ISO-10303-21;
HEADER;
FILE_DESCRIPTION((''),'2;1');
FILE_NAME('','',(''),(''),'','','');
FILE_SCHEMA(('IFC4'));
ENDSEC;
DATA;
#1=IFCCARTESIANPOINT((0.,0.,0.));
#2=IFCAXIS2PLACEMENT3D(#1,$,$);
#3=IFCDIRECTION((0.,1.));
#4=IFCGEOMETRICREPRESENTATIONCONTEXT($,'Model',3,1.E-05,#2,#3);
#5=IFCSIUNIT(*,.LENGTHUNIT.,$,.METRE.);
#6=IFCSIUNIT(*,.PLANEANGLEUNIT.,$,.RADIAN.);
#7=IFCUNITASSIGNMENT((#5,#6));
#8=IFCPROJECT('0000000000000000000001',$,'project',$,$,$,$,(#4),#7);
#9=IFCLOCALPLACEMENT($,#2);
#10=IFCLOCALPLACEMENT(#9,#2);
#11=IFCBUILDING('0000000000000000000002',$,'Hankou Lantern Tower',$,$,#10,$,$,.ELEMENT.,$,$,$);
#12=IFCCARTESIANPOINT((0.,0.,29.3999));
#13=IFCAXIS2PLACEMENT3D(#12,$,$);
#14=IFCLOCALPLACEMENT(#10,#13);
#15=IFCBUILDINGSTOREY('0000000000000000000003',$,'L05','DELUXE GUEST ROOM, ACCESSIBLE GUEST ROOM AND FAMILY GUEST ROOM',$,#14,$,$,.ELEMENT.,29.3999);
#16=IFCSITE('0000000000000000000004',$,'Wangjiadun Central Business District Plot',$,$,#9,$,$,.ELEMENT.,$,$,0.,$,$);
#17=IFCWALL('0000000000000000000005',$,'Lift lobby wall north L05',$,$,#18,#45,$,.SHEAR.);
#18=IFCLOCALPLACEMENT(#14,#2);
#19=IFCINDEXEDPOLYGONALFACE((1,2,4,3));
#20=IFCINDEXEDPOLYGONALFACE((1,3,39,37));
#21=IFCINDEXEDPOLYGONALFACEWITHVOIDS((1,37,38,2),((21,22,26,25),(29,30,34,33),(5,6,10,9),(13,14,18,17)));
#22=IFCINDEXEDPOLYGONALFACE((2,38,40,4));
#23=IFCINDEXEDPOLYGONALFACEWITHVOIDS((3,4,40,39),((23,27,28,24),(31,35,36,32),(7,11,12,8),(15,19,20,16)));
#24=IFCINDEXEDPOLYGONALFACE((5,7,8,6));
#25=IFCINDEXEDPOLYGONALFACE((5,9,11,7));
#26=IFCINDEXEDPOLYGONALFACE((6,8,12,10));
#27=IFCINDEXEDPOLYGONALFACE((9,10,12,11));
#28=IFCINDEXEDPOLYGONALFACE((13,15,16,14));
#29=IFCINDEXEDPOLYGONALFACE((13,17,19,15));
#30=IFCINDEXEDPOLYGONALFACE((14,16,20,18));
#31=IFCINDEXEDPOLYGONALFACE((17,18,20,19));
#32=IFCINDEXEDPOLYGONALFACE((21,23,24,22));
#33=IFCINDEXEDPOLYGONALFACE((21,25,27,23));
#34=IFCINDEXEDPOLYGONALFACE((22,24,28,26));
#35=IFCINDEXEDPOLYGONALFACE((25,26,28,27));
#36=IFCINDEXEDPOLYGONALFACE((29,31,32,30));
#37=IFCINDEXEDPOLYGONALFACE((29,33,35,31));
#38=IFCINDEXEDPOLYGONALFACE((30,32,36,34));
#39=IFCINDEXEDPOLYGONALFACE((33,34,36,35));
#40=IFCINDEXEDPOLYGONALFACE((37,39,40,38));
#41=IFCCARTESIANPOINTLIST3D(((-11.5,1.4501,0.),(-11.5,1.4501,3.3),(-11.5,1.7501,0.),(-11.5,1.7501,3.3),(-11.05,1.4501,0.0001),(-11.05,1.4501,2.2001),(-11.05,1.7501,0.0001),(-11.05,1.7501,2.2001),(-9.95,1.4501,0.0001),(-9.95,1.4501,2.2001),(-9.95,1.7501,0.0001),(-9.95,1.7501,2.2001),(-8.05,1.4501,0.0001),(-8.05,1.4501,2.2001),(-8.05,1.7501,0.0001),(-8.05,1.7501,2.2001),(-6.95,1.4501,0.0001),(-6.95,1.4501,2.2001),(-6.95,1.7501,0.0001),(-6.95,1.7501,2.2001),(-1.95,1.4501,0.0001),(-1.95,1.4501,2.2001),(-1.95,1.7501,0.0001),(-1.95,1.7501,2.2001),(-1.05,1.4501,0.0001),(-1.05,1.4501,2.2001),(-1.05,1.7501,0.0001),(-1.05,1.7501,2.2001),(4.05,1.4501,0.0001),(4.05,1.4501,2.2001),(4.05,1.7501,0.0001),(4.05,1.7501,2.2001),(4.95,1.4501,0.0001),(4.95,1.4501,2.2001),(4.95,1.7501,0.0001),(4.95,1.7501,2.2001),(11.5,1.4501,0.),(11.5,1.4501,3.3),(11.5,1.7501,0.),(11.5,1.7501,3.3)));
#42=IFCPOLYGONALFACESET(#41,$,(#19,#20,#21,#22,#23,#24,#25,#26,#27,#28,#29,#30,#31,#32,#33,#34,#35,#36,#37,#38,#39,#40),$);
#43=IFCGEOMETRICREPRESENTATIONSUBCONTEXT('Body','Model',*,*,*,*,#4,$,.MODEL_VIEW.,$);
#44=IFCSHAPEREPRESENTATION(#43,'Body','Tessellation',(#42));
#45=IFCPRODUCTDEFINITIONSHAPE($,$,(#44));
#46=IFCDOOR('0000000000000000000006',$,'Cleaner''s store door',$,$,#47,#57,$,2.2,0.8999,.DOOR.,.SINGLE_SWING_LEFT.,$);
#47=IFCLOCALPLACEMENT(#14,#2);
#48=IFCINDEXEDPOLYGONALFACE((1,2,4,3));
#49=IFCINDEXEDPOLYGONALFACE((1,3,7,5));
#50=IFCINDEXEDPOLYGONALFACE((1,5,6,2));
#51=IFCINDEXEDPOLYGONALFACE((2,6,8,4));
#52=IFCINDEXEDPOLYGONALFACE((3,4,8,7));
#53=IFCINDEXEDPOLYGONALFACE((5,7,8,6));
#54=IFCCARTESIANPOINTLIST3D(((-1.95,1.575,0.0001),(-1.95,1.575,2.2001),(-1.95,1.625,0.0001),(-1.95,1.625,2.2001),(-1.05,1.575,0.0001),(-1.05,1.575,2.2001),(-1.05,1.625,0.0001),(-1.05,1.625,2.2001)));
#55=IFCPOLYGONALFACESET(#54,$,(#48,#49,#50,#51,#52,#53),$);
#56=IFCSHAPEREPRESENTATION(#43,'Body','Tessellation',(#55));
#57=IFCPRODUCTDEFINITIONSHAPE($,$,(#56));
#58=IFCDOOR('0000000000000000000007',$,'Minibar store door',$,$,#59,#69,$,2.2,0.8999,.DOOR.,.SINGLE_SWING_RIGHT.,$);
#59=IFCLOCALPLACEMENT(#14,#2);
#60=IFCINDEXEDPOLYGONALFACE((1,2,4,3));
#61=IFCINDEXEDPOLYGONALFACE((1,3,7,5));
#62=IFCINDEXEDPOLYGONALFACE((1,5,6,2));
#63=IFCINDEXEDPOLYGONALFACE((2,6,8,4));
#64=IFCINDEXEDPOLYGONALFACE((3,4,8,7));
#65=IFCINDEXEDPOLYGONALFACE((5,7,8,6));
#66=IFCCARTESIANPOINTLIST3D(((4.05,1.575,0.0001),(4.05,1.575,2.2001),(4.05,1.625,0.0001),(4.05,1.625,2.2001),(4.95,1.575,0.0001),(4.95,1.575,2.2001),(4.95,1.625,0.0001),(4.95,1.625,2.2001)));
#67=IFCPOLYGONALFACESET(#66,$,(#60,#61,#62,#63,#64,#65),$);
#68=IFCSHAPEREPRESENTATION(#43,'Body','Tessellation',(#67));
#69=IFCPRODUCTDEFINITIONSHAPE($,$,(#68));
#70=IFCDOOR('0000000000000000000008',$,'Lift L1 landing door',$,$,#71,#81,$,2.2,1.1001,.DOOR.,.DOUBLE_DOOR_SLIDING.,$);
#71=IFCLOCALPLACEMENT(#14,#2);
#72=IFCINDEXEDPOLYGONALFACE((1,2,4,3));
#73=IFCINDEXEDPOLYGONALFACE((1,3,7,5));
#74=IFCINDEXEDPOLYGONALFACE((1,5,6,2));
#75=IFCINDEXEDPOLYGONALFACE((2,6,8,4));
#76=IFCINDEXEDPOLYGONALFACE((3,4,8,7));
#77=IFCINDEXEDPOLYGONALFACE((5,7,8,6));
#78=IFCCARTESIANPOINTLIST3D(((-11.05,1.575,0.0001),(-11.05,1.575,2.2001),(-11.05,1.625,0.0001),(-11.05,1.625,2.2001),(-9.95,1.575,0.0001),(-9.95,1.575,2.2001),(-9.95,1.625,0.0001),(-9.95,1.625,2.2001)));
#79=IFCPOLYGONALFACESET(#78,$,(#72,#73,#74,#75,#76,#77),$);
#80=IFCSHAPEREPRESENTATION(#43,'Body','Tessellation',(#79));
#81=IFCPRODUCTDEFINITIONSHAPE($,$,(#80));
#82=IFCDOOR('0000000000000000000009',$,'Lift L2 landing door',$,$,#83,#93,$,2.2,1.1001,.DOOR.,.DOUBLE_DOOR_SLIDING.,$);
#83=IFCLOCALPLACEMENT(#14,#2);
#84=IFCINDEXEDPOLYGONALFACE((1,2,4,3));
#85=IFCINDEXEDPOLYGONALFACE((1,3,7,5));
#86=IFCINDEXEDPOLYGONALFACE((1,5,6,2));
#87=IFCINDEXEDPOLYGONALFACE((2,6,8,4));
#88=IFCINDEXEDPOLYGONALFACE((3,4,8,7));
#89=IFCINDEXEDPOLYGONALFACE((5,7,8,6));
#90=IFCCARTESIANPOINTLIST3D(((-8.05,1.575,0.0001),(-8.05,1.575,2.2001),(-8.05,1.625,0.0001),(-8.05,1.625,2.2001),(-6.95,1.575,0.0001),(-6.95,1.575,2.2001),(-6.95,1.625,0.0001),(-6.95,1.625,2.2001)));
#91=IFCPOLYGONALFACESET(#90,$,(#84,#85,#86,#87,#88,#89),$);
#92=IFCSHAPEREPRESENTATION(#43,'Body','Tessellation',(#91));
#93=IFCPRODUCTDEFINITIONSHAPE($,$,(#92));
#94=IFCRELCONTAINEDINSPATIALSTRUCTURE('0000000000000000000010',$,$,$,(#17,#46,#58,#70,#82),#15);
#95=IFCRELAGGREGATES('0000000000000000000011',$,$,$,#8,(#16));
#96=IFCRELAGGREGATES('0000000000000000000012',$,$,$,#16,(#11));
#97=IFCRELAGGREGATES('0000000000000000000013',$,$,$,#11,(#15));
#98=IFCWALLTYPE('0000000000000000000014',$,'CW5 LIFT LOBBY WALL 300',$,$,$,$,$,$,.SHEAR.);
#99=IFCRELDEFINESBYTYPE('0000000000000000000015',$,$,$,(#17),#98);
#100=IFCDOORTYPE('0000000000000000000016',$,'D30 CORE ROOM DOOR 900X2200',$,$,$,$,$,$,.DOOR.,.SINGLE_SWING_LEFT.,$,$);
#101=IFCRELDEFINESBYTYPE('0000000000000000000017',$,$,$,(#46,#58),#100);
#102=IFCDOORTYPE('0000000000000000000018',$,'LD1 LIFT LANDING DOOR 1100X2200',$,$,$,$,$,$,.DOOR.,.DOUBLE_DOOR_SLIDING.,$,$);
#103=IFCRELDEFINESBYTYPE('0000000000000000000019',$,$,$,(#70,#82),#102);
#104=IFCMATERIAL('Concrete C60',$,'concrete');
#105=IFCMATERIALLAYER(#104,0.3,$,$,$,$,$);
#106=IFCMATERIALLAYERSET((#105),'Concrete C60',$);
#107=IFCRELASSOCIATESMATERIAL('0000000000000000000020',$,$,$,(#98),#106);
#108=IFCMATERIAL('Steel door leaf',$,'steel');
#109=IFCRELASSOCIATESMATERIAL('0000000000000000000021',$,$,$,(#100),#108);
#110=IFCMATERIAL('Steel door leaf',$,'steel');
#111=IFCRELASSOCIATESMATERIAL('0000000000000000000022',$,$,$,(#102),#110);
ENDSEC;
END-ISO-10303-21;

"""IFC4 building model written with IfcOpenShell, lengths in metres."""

from ifc_helpers import new_model, si_unit, direction, frame, frame_2d, origin, place, context, subcontext, project, spatial, rectangle, extrude, material, layer, layer_set, type_object, element, fill, save


model = new_model("IFC4")

# Units and contexts
model_context = context("Model", 3, precision=1e-05, world=origin(), true_north=direction((0.0, 1.0)))
body_context = subcontext(model_context, "Body", "Model", "MODEL_VIEW")
ifc_project = project(units=[si_unit("LENGTHUNIT", "METRE"), si_unit("PLANEANGLEUNIT", "RADIAN")], contexts=[model_context])

# Site, building, storey
site_placement = place(None, origin())
site = spatial("IfcSite", under=ifc_project, at=site_placement, Name="Wangjiadun Central Business District Plot", CompositionType="ELEMENT", RefElevation=0.0)
building_placement = place(site_placement, origin())
building = spatial("IfcBuilding", under=site, at=building_placement, Name="Hankou Lantern Tower", CompositionType="ELEMENT")
storey_placement = place(building_placement, frame((0.0, 0.0, 29.3999)))
storey = spatial("IfcBuildingStorey", under=building, at=storey_placement, Name="L05", Description="DELUXE GUEST ROOM, ACCESSIBLE GUEST ROOM AND FAMILY GUEST ROOM", CompositionType="ELEMENT", Elevation=29.3999)

# Wall, openings, doors
ifc_material_1 = material(Name="Concrete C60", Category="concrete")
ifc_layer_1 = layer(ifc_material_1, 0.3)
ifc_layer_set_1 = layer_set([ifc_layer_1], Name="Concrete C60")
wall_type_1 = type_object("IfcWallType", Name="CW5 LIFT LOBBY WALL 300", PredefinedType="SHEAR", material=ifc_layer_set_1)
wall_1_placement = place(storey_placement, frame((-11.5, 1.6001, 0.0), z_axis=(0.0, 0.0, 1.0), x_axis=(1.0, 0.0, 0.0)))
wall_1 = element("IfcWall", 1, at=wall_1_placement, inside=storey, type_object=wall_type_1, Name="Lift lobby wall north L05", PredefinedType="SHEAR", context=body_context, shape_type="SweptSolid", body=[
    extrude(rectangle(XDim=23.0, YDim=0.3, at=frame_2d((11.5, 0.0))), origin(), (0.0, 0.0, 1.0), 3.3),
])
opening_1_placement = place(wall_1_placement, frame((0.45, 0.0, 0.0)))
opening_1 = element("IfcOpeningElement", 2, at=opening_1_placement, cuts=wall_1, PredefinedType="OPENING", context=body_context, shape_type="SweptSolid", body=[
    extrude(rectangle(XDim=1.1001, YDim=2.2, at=frame_2d((0.55, 1.1001))), frame((0.0, 0.1599, 0.0), z_axis=(0.0, -1.0, 0.0), x_axis=(1.0, 0.0, 0.0)), (0.0, 0.0, 1.0), 0.3201),
])
opening_2_placement = place(wall_1_placement, frame((3.45, 0.0, 0.0)))
opening_2 = element("IfcOpeningElement", 3, at=opening_2_placement, cuts=wall_1, PredefinedType="OPENING", context=body_context, shape_type="SweptSolid", body=[
    extrude(rectangle(XDim=1.1001, YDim=2.2, at=frame_2d((0.55, 1.1001))), frame((0.0, 0.1599, 0.0), z_axis=(0.0, -1.0, 0.0), x_axis=(1.0, 0.0, 0.0)), (0.0, 0.0, 1.0), 0.3201),
])
opening_3_placement = place(wall_1_placement, frame((9.55, 0.0, 0.0)))
opening_3 = element("IfcOpeningElement", 4, at=opening_3_placement, cuts=wall_1, PredefinedType="OPENING", context=body_context, shape_type="SweptSolid", body=[
    extrude(rectangle(XDim=0.8999, YDim=2.2, at=frame_2d((0.45, 1.1001))), frame((0.0, 0.1599, 0.0), z_axis=(0.0, -1.0, 0.0), x_axis=(1.0, 0.0, 0.0)), (0.0, 0.0, 1.0), 0.3201),
])
opening_4_placement = place(wall_1_placement, frame((15.55, 0.0, 0.0)))
opening_4 = element("IfcOpeningElement", 5, at=opening_4_placement, cuts=wall_1, PredefinedType="OPENING", context=body_context, shape_type="SweptSolid", body=[
    extrude(rectangle(XDim=0.8999, YDim=2.2, at=frame_2d((0.45, 1.1001))), frame((0.0, 0.1599, 0.0), z_axis=(0.0, -1.0, 0.0), x_axis=(1.0, 0.0, 0.0)), (0.0, 0.0, 1.0), 0.3201),
])
ifc_material_2 = material(Name="Steel door leaf", Category="steel")
door_type_1 = type_object("IfcDoorType", Name="D30 CORE ROOM DOOR 900X2200", OperationType="SINGLE_SWING_LEFT", PredefinedType="DOOR", material=ifc_material_2)
door_1_placement = place(opening_3_placement, origin())
door_1 = element("IfcDoor", 6, at=door_1_placement, inside=storey, type_object=door_type_1, Name="Cleaner's store door", OperationType="SINGLE_SWING_LEFT", OverallHeight=2.2, OverallWidth=0.8999, PredefinedType="DOOR", context=body_context, shape_type="SweptSolid", body=[
    extrude(rectangle(XDim=0.8999, YDim=2.2, at=frame_2d((0.45, 1.1001))), frame((0.0, 0.0249, 0.0), z_axis=(0.0, -1.0, 0.0), x_axis=(1.0, 0.0, 0.0)), (0.0, 0.0, 1.0), 0.05),
])
fill(opening_3, door_1)
door_2_placement = place(opening_4_placement, origin())
door_2 = element("IfcDoor", 7, at=door_2_placement, inside=storey, type_object=door_type_1, Name="Minibar store door", OperationType="SINGLE_SWING_RIGHT", OverallHeight=2.2, OverallWidth=0.8999, PredefinedType="DOOR", context=body_context, shape_type="SweptSolid", body=[
    extrude(rectangle(XDim=0.8999, YDim=2.2, at=frame_2d((0.45, 1.1001))), frame((0.0, 0.0249, 0.0), z_axis=(0.0, -1.0, 0.0), x_axis=(1.0, 0.0, 0.0)), (0.0, 0.0, 1.0), 0.05),
])
fill(opening_4, door_2)
ifc_material_3 = material(Name="Steel door leaf", Category="steel")
door_type_2 = type_object("IfcDoorType", Name="LD1 LIFT LANDING DOOR 1100X2200", OperationType="DOUBLE_DOOR_SLIDING", PredefinedType="DOOR", material=ifc_material_3)
door_3_placement = place(opening_1_placement, origin())
door_3 = element("IfcDoor", 8, at=door_3_placement, inside=storey, type_object=door_type_2, Name="Lift L1 landing door", OperationType="DOUBLE_DOOR_SLIDING", OverallHeight=2.2, OverallWidth=1.1001, PredefinedType="DOOR", context=body_context, shape_type="SweptSolid", body=[
    extrude(rectangle(XDim=1.1001, YDim=2.2, at=frame_2d((0.55, 1.1001))), frame((0.0, 0.0249, 0.0), z_axis=(0.0, -1.0, 0.0), x_axis=(1.0, 0.0, 0.0)), (0.0, 0.0, 1.0), 0.05),
])
fill(opening_1, door_3)
door_4_placement = place(opening_2_placement, origin())
door_4 = element("IfcDoor", 9, at=door_4_placement, inside=storey, type_object=door_type_2, Name="Lift L2 landing door", OperationType="DOUBLE_DOOR_SLIDING", OverallHeight=2.2, OverallWidth=1.1001, PredefinedType="DOOR", context=body_context, shape_type="SweptSolid", body=[
    extrude(rectangle(XDim=1.1001, YDim=2.2, at=frame_2d((0.55, 1.1001))), frame((0.0, 0.0249, 0.0), z_axis=(0.0, -1.0, 0.0), x_axis=(1.0, 0.0, 0.0)), (0.0, 0.0, 1.0), 0.05),
])
fill(opening_2, door_4)

save(model, "model.ifc")
